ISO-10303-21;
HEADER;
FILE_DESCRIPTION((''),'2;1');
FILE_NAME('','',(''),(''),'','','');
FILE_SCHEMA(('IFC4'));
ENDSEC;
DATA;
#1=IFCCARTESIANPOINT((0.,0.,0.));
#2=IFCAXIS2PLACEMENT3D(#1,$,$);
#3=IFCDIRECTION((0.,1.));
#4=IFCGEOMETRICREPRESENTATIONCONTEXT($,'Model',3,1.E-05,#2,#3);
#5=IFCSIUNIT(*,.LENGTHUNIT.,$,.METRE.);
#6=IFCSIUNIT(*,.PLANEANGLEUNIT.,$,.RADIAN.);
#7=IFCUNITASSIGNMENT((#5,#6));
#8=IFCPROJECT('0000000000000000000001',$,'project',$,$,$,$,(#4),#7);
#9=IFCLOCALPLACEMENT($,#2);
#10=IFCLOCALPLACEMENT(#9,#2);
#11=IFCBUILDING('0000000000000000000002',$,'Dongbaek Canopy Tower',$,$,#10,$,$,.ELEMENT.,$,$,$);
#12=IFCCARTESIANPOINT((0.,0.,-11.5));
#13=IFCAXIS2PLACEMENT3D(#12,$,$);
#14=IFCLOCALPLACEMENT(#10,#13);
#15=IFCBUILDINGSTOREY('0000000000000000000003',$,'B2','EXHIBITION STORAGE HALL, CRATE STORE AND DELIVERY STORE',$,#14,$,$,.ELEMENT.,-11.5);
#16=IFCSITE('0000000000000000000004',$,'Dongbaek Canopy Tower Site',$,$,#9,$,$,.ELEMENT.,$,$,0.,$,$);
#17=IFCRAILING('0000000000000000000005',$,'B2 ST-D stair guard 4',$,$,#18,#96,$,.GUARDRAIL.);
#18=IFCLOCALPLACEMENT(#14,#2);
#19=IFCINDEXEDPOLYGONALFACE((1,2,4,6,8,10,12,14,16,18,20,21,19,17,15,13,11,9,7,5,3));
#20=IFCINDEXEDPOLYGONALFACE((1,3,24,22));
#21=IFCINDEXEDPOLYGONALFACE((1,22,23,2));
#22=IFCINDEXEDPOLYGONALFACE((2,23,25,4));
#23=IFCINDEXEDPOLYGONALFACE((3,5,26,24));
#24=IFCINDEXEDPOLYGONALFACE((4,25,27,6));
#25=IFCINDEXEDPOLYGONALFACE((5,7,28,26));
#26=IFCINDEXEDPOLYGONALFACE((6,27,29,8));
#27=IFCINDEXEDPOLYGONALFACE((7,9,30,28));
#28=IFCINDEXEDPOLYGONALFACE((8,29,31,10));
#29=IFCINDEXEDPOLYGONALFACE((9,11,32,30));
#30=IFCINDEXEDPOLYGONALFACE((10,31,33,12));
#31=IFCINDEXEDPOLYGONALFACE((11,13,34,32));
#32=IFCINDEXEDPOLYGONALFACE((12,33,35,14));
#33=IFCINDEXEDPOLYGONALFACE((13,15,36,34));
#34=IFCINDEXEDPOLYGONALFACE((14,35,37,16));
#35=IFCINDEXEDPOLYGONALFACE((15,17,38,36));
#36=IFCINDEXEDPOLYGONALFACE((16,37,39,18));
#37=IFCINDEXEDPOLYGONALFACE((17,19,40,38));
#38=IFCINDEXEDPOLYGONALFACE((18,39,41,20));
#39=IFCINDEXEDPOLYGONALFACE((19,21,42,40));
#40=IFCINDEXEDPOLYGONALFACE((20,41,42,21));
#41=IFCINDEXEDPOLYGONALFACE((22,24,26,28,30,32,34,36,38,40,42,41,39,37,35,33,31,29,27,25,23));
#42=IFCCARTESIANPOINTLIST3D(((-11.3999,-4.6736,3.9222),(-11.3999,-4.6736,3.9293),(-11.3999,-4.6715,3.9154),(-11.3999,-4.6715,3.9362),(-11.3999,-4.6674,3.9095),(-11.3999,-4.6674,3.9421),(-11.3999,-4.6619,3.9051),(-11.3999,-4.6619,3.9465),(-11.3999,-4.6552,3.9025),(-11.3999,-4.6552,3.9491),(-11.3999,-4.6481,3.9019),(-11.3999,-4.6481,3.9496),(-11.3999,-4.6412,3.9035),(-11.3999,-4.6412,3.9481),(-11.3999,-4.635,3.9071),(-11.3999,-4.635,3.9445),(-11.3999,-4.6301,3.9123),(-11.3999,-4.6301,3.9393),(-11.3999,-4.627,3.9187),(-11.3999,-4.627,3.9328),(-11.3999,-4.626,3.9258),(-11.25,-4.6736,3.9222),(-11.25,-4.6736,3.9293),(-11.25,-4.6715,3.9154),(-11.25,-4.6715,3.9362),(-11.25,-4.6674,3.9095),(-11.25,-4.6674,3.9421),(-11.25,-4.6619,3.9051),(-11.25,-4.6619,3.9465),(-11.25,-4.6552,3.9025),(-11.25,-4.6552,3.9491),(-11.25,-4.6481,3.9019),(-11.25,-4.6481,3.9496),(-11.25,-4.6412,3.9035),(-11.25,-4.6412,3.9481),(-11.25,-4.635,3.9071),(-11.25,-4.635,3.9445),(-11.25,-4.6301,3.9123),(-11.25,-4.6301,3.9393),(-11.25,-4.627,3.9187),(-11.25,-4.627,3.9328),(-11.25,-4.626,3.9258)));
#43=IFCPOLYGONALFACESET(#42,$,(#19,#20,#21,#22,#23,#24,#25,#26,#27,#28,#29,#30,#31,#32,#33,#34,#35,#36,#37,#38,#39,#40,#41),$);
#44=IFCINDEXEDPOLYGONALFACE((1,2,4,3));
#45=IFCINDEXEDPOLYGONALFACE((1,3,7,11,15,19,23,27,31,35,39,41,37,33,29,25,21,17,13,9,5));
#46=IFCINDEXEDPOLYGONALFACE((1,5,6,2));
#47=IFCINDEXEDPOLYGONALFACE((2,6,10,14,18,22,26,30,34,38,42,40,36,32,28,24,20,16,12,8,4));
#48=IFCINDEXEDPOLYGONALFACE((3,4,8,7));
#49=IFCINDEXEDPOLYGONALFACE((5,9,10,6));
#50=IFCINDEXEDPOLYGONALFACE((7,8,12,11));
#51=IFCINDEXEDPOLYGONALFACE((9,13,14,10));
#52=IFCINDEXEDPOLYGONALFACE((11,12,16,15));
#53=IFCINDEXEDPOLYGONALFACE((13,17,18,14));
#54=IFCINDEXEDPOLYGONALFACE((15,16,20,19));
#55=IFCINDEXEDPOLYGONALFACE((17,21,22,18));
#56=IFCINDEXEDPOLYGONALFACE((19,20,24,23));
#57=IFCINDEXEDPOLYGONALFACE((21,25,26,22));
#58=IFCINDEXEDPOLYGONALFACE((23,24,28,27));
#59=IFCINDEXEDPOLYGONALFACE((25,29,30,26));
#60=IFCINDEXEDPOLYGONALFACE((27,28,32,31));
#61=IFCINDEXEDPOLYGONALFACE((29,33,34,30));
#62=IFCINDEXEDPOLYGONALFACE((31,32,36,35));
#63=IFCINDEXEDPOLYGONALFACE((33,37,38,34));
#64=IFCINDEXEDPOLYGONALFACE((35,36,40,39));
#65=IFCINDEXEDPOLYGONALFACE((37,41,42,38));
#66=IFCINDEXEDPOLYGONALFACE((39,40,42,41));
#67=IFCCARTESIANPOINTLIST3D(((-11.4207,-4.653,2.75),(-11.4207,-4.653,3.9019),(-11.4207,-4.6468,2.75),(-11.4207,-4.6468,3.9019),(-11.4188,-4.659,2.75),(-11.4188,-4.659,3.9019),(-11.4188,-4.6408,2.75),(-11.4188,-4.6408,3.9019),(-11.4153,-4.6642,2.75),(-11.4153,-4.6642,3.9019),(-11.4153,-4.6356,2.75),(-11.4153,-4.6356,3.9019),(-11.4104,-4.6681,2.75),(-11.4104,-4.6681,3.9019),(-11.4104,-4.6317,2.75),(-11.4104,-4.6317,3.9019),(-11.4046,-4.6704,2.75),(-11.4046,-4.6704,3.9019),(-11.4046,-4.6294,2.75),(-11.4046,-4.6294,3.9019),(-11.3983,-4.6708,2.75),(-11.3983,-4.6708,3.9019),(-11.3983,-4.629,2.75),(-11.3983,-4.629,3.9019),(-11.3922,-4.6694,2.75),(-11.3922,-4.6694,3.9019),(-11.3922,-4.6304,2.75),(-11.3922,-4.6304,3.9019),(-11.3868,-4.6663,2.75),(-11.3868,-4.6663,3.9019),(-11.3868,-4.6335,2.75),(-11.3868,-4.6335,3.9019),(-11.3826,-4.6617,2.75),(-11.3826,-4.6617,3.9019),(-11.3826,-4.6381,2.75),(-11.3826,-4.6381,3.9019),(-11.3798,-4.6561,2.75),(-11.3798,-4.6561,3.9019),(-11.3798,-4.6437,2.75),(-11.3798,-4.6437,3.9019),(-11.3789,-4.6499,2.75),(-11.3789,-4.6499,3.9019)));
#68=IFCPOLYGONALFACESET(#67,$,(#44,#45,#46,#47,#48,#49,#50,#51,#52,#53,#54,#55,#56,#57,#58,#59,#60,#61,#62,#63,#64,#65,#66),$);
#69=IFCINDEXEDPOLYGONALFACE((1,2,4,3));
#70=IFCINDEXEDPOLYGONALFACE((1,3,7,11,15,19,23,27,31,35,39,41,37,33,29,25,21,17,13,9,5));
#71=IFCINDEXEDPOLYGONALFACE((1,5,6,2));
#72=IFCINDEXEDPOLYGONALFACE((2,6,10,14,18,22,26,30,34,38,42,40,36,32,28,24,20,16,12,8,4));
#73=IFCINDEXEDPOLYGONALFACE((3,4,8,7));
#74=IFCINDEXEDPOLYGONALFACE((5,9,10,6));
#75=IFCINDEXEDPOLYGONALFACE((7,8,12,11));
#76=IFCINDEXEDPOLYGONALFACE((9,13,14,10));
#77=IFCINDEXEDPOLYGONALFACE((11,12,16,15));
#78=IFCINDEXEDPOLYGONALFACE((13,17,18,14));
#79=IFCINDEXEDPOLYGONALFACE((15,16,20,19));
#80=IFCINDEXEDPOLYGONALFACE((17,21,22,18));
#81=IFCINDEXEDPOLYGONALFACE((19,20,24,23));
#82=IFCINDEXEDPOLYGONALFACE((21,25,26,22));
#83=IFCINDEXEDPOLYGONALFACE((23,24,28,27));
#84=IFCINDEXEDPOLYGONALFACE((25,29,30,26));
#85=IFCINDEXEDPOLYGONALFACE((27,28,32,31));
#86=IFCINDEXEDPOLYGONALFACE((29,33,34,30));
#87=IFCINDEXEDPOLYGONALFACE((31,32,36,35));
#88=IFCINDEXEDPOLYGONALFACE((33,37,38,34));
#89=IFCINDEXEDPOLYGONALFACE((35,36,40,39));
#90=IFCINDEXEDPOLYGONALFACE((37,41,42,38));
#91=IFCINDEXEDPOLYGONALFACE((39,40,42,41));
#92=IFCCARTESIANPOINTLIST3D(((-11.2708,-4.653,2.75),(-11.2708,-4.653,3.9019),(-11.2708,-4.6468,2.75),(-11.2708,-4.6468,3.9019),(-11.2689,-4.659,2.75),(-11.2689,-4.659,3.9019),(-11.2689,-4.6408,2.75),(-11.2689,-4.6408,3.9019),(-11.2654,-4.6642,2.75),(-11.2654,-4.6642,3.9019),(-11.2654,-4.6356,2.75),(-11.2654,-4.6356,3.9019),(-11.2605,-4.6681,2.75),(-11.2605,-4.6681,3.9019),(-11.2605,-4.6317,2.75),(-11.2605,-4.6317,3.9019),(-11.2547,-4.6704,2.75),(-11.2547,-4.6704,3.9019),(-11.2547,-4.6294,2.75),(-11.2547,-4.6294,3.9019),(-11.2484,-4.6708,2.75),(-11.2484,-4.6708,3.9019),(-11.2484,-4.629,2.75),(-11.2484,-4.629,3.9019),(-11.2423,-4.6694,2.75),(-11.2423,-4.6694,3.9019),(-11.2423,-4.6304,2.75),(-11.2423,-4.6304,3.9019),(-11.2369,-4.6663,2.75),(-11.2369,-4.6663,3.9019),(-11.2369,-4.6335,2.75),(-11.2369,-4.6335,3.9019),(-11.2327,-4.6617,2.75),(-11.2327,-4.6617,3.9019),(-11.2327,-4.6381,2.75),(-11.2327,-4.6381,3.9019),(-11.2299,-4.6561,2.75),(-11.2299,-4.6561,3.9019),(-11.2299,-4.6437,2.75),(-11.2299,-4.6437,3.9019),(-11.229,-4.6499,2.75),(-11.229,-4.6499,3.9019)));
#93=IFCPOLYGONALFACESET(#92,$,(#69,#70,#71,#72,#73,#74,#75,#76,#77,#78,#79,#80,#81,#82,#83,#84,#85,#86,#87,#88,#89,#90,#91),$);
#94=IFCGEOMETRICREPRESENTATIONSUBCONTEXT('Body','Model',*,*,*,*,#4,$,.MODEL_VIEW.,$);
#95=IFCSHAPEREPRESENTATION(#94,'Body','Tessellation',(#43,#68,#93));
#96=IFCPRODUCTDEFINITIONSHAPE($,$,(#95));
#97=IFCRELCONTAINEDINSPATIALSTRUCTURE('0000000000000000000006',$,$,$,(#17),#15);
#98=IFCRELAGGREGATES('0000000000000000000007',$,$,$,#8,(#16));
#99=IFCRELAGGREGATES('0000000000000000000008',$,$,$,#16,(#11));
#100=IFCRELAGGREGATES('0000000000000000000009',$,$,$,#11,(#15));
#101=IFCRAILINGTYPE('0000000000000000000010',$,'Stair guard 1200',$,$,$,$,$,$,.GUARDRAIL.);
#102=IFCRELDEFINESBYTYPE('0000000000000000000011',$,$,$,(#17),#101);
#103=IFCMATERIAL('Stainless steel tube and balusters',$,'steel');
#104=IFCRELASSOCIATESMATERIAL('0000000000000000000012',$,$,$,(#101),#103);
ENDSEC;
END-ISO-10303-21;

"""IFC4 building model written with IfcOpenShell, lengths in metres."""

from ifc_helpers import new_model, si_unit, direction, frame, origin, origin_2d, place, context, subcontext, project, spatial, circle, extrude, material, type_object, element, save


model = new_model("IFC4")

# Units and contexts
model_context = context("Model", 3, precision=1e-05, world=origin(), true_north=direction((0.0, 1.0)))
body_context = subcontext(model_context, "Body", "Model", "MODEL_VIEW")
ifc_project = project(units=[si_unit("LENGTHUNIT", "METRE"), si_unit("PLANEANGLEUNIT", "RADIAN")], contexts=[model_context])

# Site, building, storey
site_placement = place(None, origin())
site = spatial("IfcSite", under=ifc_project, at=site_placement, Name="Dongbaek Canopy Tower Site", CompositionType="ELEMENT", RefElevation=0.0)
building_placement = place(site_placement, origin())
building = spatial("IfcBuilding", under=site, at=building_placement, Name="Dongbaek Canopy Tower", CompositionType="ELEMENT")
storey_placement = place(building_placement, frame((0.0, 0.0, -11.5)))
storey = spatial("IfcBuildingStorey", under=building, at=storey_placement, Name="B2", Description="EXHIBITION STORAGE HALL, CRATE STORE AND DELIVERY STORE", CompositionType="ELEMENT", Elevation=-11.5)

# Railing
ifc_material_1 = material(Name="Stainless steel tube and balusters", Category="steel")
railing_type_1 = type_object("IfcRailingType", Name="Stair guard 1200", PredefinedType="GUARDRAIL", material=ifc_material_1)
railing_1_placement = place(storey_placement, frame((-11.3999, -4.6499, 2.75)))
element("IfcRailing", 1, at=railing_1_placement, inside=storey, type_object=railing_type_1, Name="B2 ST-D stair guard 4", PredefinedType="GUARDRAIL", context=body_context, shape_type="SweptSolid", body=[
    extrude(circle(Radius=0.0239, at=origin_2d()), frame((0.0, 0.0, 1.1758), z_axis=(1.0, 0.0, 0.0), x_axis=(0.0, 1.0, 0.0)), (0.0, 0.0, 1.0), 0.1499),
    extrude(circle(Radius=0.021, at=origin_2d()), origin(), (0.0, 0.0, 1.0), 1.1519),
    extrude(circle(Radius=0.021, at=origin_2d()), frame((0.1499, 0.0, 0.0)), (0.0, 0.0, 1.0), 1.1519),
])

save(model, "model.ifc")
